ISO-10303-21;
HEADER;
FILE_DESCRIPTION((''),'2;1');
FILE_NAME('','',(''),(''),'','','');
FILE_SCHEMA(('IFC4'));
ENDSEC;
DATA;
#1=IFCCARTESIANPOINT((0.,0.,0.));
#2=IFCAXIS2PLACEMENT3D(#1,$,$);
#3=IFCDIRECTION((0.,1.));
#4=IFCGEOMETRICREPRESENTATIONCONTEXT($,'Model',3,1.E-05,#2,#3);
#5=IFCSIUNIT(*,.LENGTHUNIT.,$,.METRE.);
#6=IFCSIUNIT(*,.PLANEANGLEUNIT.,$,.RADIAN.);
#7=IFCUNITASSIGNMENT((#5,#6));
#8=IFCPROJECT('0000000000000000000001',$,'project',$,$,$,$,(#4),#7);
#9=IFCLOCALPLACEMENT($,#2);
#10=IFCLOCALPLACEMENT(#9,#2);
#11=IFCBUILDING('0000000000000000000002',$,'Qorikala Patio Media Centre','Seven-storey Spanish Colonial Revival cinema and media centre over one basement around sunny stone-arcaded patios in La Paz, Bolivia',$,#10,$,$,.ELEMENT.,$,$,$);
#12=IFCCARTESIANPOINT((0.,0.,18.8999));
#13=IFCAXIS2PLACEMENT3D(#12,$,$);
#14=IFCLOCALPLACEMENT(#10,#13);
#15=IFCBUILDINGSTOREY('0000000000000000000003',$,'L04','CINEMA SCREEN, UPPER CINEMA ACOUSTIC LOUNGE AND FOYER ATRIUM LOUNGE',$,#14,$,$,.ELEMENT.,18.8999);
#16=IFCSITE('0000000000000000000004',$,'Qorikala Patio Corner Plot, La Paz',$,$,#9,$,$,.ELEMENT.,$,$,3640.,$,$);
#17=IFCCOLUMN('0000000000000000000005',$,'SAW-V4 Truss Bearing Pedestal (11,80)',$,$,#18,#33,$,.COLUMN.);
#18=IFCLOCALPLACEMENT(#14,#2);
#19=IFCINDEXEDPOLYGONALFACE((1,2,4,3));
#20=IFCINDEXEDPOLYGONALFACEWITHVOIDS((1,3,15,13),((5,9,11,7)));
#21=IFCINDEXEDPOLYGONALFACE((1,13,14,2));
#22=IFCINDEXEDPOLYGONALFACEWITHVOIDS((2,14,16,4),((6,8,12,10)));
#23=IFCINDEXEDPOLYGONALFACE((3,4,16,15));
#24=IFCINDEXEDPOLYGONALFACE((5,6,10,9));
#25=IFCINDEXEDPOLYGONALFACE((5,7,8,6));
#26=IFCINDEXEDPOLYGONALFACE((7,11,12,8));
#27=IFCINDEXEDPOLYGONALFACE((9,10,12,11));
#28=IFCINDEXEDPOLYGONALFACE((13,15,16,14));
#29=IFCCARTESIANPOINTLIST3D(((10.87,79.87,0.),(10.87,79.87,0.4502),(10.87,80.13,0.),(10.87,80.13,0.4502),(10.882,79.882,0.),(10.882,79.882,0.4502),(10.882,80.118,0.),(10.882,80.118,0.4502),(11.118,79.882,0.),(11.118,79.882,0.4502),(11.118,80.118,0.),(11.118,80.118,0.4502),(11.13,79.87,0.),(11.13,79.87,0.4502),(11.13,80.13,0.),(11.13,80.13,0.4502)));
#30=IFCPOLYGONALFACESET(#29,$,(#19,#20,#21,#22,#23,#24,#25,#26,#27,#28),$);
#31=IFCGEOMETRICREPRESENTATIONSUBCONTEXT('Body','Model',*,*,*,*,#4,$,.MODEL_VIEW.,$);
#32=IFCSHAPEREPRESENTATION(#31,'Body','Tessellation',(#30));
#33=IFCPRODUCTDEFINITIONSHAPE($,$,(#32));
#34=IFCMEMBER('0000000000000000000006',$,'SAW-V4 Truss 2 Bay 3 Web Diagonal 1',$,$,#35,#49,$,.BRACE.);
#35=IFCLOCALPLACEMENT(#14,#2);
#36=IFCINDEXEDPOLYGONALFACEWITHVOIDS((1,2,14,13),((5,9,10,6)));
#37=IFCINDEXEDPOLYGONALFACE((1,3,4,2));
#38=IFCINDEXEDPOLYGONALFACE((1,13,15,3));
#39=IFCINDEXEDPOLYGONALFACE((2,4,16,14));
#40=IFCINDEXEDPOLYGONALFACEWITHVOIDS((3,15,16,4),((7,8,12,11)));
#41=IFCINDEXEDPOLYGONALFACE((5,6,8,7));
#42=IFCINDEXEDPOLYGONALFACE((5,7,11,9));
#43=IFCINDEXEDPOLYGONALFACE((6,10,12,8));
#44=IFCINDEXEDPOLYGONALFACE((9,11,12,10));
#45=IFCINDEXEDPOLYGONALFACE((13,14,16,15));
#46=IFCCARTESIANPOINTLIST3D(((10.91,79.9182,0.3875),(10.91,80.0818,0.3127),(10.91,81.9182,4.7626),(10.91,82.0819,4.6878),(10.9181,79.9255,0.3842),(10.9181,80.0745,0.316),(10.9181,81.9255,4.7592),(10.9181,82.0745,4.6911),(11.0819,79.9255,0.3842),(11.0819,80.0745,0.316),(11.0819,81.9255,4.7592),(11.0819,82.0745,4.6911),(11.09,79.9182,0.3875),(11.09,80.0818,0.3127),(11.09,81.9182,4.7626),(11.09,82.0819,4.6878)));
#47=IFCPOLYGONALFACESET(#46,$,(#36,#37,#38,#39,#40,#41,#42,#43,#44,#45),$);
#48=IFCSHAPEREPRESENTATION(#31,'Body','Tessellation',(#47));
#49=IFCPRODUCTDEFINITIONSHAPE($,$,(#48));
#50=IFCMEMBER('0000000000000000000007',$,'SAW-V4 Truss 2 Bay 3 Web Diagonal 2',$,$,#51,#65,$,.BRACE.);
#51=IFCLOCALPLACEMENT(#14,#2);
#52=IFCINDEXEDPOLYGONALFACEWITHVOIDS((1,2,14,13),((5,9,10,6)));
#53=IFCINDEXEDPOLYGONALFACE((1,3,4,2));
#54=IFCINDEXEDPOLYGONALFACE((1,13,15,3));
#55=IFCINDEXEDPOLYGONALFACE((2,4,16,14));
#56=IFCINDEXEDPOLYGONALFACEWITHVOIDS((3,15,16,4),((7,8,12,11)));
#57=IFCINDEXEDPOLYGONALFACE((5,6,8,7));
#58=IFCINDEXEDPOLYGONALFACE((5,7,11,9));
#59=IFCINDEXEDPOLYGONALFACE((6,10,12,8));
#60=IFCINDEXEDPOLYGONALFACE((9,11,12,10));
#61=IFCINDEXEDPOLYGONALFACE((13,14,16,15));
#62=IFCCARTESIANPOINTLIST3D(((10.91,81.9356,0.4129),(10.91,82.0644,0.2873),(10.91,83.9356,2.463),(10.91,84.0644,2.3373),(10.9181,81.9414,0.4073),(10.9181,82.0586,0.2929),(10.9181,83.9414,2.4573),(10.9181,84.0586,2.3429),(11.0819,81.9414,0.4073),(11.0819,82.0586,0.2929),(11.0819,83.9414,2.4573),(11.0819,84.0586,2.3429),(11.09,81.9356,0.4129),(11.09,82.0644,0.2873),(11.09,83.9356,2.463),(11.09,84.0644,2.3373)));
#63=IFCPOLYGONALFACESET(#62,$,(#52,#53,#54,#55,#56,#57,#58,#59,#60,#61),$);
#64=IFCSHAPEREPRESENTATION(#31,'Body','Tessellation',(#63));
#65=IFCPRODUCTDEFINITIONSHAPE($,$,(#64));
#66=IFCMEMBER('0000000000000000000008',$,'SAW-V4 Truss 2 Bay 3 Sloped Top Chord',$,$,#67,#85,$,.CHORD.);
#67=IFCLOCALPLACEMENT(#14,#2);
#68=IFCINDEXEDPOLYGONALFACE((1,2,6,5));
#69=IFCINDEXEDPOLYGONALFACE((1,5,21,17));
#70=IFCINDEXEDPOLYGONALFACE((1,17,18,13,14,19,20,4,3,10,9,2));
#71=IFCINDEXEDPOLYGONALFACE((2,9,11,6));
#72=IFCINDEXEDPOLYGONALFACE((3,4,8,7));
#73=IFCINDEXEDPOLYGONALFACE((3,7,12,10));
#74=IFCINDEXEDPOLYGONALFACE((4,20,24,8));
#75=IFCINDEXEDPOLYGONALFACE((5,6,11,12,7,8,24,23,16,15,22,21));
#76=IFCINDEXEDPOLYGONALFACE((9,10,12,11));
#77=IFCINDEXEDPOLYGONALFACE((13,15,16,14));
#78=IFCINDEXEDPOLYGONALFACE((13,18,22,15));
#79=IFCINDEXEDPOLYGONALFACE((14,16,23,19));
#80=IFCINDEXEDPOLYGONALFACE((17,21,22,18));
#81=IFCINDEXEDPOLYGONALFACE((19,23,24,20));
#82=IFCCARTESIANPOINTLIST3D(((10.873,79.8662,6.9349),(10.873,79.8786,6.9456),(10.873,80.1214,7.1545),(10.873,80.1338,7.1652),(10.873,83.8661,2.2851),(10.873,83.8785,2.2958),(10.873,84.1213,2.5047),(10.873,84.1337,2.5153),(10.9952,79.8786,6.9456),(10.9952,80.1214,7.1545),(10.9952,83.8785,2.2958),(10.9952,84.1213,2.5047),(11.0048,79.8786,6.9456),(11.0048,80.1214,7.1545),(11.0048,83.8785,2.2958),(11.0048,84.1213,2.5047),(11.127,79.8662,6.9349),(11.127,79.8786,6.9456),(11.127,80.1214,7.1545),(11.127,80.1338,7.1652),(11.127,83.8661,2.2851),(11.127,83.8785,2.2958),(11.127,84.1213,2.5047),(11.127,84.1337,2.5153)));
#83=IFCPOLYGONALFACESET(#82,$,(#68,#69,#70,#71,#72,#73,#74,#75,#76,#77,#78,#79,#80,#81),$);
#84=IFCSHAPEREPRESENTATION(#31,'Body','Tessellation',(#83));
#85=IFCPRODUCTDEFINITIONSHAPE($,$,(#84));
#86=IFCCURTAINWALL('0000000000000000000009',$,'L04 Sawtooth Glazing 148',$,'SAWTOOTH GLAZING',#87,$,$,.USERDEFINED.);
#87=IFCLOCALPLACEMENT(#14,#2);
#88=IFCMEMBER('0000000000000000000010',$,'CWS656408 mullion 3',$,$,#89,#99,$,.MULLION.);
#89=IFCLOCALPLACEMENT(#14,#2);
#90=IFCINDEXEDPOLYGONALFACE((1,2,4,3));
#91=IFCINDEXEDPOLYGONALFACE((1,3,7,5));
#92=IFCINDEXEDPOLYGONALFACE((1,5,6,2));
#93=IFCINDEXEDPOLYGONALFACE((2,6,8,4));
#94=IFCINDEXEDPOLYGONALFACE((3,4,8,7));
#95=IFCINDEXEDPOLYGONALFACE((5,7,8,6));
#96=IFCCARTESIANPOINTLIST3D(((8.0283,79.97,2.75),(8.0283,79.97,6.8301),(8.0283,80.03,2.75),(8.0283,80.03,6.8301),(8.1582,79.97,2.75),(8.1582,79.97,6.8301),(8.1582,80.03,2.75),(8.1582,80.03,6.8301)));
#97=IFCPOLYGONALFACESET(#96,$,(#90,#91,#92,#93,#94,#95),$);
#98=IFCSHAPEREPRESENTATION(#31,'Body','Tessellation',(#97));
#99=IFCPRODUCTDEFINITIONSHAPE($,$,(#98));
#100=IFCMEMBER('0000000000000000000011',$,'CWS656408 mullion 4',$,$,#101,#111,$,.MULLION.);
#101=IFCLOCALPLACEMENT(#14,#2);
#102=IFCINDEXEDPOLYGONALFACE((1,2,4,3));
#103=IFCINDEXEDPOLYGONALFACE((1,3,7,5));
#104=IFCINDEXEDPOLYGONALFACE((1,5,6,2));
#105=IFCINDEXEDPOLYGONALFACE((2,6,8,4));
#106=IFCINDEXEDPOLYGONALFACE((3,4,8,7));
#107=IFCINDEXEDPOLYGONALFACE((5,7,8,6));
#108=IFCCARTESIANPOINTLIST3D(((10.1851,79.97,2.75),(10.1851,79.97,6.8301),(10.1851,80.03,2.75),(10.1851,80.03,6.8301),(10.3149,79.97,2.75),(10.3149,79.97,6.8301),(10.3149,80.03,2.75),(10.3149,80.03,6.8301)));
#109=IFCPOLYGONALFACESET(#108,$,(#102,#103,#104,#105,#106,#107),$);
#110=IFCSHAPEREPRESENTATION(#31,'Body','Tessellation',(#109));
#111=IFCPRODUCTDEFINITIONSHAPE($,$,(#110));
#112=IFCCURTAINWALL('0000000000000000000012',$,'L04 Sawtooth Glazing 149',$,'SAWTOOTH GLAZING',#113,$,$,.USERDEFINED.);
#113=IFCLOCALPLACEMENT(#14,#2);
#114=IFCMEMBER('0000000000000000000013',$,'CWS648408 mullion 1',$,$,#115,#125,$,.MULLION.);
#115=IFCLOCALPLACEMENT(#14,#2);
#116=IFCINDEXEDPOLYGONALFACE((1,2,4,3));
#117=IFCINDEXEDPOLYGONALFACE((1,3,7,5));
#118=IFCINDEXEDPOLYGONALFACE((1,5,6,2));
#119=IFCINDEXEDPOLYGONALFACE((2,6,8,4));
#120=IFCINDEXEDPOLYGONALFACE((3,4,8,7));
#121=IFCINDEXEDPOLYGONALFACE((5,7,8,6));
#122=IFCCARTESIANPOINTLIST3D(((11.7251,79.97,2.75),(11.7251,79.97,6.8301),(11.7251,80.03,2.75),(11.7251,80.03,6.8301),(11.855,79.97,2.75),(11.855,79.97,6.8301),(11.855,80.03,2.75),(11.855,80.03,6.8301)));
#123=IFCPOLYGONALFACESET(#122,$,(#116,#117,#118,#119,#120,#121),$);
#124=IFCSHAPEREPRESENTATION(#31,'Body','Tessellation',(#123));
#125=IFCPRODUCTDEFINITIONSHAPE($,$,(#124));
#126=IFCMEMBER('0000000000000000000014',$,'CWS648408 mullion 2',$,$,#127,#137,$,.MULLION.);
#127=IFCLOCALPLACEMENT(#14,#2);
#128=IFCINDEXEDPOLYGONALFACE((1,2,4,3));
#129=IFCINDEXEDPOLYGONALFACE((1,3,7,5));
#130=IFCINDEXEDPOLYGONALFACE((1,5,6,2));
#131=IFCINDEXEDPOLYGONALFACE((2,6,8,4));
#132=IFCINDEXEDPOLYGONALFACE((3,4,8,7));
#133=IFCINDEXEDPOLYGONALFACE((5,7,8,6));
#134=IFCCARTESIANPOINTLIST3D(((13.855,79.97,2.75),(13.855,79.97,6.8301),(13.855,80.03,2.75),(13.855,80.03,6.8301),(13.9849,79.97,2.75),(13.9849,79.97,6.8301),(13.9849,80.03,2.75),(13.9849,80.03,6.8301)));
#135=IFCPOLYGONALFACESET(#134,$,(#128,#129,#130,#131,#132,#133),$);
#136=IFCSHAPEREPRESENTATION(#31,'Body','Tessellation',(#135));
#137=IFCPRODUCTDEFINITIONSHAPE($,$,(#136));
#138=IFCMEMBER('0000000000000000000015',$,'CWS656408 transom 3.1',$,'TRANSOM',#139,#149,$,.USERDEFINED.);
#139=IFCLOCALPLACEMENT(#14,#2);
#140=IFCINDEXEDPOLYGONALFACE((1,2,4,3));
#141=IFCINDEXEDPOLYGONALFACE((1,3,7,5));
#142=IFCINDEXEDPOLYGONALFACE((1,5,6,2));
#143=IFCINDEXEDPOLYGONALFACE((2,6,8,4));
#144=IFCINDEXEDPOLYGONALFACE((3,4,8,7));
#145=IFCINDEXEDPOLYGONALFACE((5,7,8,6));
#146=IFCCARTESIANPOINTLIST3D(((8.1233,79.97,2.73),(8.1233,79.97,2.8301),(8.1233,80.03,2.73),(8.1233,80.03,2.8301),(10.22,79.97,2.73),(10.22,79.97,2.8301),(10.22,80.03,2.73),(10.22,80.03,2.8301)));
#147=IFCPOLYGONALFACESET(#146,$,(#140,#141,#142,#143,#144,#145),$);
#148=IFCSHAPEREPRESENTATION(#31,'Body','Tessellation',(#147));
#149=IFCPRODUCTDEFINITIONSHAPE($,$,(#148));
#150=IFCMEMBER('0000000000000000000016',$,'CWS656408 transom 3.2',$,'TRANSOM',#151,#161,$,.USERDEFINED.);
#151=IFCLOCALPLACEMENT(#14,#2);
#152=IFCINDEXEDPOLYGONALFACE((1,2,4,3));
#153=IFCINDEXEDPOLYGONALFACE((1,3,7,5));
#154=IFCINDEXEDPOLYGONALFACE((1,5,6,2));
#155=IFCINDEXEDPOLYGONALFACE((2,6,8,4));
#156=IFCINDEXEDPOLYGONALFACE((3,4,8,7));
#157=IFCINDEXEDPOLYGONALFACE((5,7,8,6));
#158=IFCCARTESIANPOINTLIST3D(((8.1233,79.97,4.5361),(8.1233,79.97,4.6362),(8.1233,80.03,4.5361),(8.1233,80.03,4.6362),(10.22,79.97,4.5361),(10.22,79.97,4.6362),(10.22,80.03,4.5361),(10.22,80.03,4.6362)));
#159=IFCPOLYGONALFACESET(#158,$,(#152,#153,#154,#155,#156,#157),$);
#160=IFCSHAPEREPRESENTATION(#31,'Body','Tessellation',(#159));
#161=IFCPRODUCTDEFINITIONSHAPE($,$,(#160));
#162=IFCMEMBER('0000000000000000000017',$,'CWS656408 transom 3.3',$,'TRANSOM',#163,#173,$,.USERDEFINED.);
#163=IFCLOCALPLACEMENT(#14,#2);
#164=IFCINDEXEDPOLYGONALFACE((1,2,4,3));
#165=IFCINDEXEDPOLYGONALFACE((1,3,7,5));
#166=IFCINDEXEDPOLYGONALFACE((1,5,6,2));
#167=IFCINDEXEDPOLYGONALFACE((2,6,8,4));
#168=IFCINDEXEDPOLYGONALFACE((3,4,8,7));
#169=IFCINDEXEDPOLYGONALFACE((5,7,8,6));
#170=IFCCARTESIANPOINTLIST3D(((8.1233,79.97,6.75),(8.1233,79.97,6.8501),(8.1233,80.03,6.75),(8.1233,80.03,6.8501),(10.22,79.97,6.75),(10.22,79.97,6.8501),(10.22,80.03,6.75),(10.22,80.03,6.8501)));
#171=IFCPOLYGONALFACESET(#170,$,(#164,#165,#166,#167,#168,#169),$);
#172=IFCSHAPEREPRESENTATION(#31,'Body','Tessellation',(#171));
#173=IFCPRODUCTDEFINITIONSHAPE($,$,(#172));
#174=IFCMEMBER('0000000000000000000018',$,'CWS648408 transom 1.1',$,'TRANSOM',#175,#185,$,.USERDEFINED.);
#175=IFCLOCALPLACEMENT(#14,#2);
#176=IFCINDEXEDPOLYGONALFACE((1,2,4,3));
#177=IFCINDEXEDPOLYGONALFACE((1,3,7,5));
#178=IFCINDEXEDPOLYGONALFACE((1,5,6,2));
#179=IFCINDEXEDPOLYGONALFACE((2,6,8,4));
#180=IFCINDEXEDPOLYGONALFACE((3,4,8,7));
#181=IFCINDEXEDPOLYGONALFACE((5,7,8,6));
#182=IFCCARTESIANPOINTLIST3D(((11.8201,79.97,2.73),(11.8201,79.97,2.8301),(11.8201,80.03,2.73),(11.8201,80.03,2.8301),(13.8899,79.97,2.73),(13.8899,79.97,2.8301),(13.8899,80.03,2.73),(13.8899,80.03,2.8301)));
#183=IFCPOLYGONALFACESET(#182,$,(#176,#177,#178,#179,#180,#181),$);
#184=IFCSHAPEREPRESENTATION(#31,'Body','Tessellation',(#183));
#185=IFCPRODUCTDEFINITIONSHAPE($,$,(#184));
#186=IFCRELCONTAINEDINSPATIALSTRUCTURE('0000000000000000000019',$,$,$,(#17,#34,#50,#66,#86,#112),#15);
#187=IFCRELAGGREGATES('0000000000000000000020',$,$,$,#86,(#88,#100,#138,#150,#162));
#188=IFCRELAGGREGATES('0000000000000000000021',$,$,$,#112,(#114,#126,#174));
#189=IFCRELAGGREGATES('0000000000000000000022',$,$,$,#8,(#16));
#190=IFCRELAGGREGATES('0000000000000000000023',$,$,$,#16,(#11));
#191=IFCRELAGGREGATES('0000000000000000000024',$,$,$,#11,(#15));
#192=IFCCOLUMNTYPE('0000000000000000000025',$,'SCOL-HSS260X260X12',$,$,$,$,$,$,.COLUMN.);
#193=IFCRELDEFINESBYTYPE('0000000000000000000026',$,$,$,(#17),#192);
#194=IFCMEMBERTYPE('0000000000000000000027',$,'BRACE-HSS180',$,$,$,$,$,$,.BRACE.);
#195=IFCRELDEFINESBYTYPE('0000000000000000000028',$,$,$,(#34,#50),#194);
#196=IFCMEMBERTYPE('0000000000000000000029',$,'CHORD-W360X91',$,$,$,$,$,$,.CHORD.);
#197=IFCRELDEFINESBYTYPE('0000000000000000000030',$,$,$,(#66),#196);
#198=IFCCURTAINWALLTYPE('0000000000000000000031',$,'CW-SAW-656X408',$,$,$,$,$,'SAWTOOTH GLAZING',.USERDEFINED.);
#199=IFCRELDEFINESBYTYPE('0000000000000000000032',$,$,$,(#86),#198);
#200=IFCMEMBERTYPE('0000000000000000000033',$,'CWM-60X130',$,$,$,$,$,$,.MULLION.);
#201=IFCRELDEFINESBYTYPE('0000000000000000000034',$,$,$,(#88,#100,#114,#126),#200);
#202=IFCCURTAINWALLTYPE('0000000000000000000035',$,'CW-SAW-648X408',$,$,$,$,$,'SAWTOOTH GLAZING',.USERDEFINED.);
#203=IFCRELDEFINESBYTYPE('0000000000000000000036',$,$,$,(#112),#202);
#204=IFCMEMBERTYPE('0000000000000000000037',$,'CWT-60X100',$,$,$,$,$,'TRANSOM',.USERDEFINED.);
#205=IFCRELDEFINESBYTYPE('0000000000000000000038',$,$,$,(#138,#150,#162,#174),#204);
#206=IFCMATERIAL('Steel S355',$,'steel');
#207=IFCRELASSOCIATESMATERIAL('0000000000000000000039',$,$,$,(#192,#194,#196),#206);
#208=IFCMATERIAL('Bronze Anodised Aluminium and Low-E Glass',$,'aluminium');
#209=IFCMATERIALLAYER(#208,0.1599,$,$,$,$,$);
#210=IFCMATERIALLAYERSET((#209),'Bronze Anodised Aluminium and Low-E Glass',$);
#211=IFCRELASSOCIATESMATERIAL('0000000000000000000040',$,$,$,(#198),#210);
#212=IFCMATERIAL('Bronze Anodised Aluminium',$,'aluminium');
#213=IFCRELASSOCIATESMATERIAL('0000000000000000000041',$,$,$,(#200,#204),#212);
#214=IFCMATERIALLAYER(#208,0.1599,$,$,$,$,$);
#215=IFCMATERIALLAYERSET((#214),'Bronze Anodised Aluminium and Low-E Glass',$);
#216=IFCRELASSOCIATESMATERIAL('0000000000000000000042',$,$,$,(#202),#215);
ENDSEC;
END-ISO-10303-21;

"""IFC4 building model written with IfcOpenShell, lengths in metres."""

from ifc_helpers import new_model, si_unit, direction, frame, origin, origin_2d, place, context, subcontext, project, spatial, rectangle, hollow_rectangle, i_section, extrude, material, layer, layer_set, material_profile, profile_set, type_object, element, aggregate, save


model = new_model("IFC4")

# Units and contexts
model_context = context("Model", 3, precision=1e-05, world=origin(), true_north=direction((0.0, 1.0)))
body_context = subcontext(model_context, "Body", "Model", "MODEL_VIEW")
ifc_project = project(units=[si_unit("LENGTHUNIT", "METRE"), si_unit("PLANEANGLEUNIT", "RADIAN")], contexts=[model_context])

# Site, building, storey
site_placement = place(None, origin())
site = spatial("IfcSite", under=ifc_project, at=site_placement, Name="Qorikala Patio Corner Plot, La Paz", CompositionType="ELEMENT", RefElevation=3640.0)
building_placement = place(site_placement, origin())
building = spatial("IfcBuilding", under=site, at=building_placement, Name="Qorikala Patio Media Centre", Description="Seven-storey Spanish Colonial Revival cinema and media centre over one basement around sunny stone-arcaded patios in La Paz, Bolivia", CompositionType="ELEMENT")
storey_placement = place(building_placement, frame((0.0, 0.0, 18.8999)))
storey = spatial("IfcBuildingStorey", under=building, at=storey_placement, Name="L04", Description="CINEMA SCREEN, UPPER CINEMA ACOUSTIC LOUNGE AND FOYER ATRIUM LOUNGE", CompositionType="ELEMENT", Elevation=18.8999)

# Column
ifc_material_1 = material(Name="Steel S355", Category="steel")
ifc_material_profile_1 = material_profile(ifc_material_1, hollow_rectangle(XDim=0.26, YDim=0.26, WallThickness=0.012, at=origin_2d()), Name="HSS260X260X12")
ifc_profile_set_1 = profile_set([ifc_material_profile_1], Name="Steel S355")
column_type = type_object("IfcColumnType", Name="SCOL-HSS260X260X12", PredefinedType="COLUMN", material=ifc_profile_set_1)
column_placement = place(storey_placement, frame((11.0, 80.0, 0.0), z_axis=(0.0, 0.0, 1.0), x_axis=(1.0, 0.0, 0.0)))
element("IfcColumn", 1, at=column_placement, inside=storey, type_object=column_type, Name="SAW-V4 Truss Bearing Pedestal (11,80)", PredefinedType="COLUMN", context=body_context, shape_type="SweptSolid", body=[
    extrude(hollow_rectangle(XDim=0.26, YDim=0.26, WallThickness=0.012, at=origin_2d()), origin(), (0.0, 0.0, 1.0), 0.4502),
])

# Members
ifc_material_profile_2 = material_profile(ifc_material_1, hollow_rectangle(XDim=0.1799, YDim=0.1799, WallThickness=0.0081, at=origin_2d()), Name="HSS180X180X8")
ifc_profile_set_2 = profile_set([ifc_material_profile_2], Name="Steel S355")
member_type_1 = type_object("IfcMemberType", Name="BRACE-HSS180", PredefinedType="BRACE", material=ifc_profile_set_2)
member_1_placement = place(storey_placement, frame((11.0, 80.0, 0.3501), z_axis=(0.0, 0.41576, 0.909474), x_axis=(-1.0, 0.0, 0.0)))
element("IfcMember", 2, at=member_1_placement, inside=storey, type_object=member_type_1, Name="SAW-V4 Truss 2 Bay 3 Web Diagonal 1", PredefinedType="BRACE", context=body_context, shape_type="SweptSolid", body=[
    extrude(hollow_rectangle(XDim=0.1799, YDim=0.1799, WallThickness=0.0081, at=origin_2d()), origin(), (0.0, 0.0, 1.0), 4.8105),
])
member_2_placement = place(storey_placement, frame((11.0, 82.0, 0.3501), z_axis=(0.0, 0.698315, 0.71579), x_axis=(-1.0, 0.0, 0.0)))
element("IfcMember", 3, at=member_2_placement, inside=storey, type_object=member_type_1, Name="SAW-V4 Truss 2 Bay 3 Web Diagonal 2", PredefinedType="BRACE", context=body_context, shape_type="SweptSolid", body=[
    extrude(hollow_rectangle(XDim=0.1799, YDim=0.1799, WallThickness=0.0081, at=origin_2d()), origin(), (0.0, 0.0, 1.0), 2.864),
])
ifc_material_profile_3 = material_profile(ifc_material_1, i_section(OverallWidth=0.2539, OverallDepth=0.353, WebThickness=0.0095, FlangeThickness=0.0164, at=origin_2d()), Name="W360X91")
ifc_profile_set_3 = profile_set([ifc_material_profile_3], Name="Steel S355")
member_type_2 = type_object("IfcMemberType", Name="CHORD-W360X91", PredefinedType="CHORD", material=ifc_profile_set_3)
member_3_placement = place(storey_placement, frame((11.0, 80.0, 7.05), z_axis=(0.0, 0.652141, -0.758098), x_axis=(-1.0, 0.0, 0.0)))
element("IfcMember", 4, at=member_3_placement, inside=storey, type_object=member_type_2, Name="SAW-V4 Truss 2 Bay 3 Sloped Top Chord", PredefinedType="CHORD", context=body_context, shape_type="SweptSolid", body=[
    extrude(i_section(OverallWidth=0.2539, OverallDepth=0.353, WebThickness=0.0095, FlangeThickness=0.0164, at=origin_2d()), origin(), (0.0, 0.0, 1.0), 6.1335),
])

# Curtain walls, members
ifc_material_2 = material(Name="Bronze Anodised Aluminium and Low-E Glass", Category="aluminium")
ifc_layer_1 = layer(ifc_material_2, 0.1599)
ifc_layer_set_1 = layer_set([ifc_layer_1], Name="Bronze Anodised Aluminium and Low-E Glass")
curtain_wall_type_1 = type_object("IfcCurtainWallType", Name="CW-SAW-656X408", ElementType="SAWTOOTH GLAZING", PredefinedType="USERDEFINED", material=ifc_layer_set_1)
curtain_wall_1_placement = place(storey_placement, origin())
curtain_wall_1 = element("IfcCurtainWall", 5, at=curtain_wall_1_placement, inside=storey, type_object=curtain_wall_type_1, Name="L04 Sawtooth Glazing 148", ObjectType="SAWTOOTH GLAZING", PredefinedType="USERDEFINED")
ifc_material_3 = material(Name="Bronze Anodised Aluminium", Category="aluminium")
ifc_material_profile_4 = material_profile(ifc_material_3, rectangle(XDim=0.0601, YDim=0.1299, at=origin_2d()), Name="ALU MULLION 60x130")
ifc_profile_set_4 = profile_set([ifc_material_profile_4], Name="Bronze Anodised Aluminium")
member_type_3 = type_object("IfcMemberType", Name="CWM-60X130", PredefinedType="MULLION", material=ifc_profile_set_4)
member_4_placement = place(storey_placement, frame((8.0933, 80.0, 2.75), z_axis=(0.0, 0.0, 1.0), x_axis=(0.0, 1.0, 0.0)))
member_4 = element("IfcMember", 6, at=member_4_placement, type_object=member_type_3, Name="CWS656408 mullion 3", PredefinedType="MULLION", context=body_context, shape_type="SweptSolid", body=[
    extrude(rectangle(XDim=0.0601, YDim=0.1299, at=origin_2d()), origin(), (0.0, 0.0, 1.0), 4.0801),
])
member_5_placement = place(storey_placement, frame((10.25, 80.0, 2.75), z_axis=(0.0, 0.0, 1.0), x_axis=(0.0, 1.0, 0.0)))
member_5 = element("IfcMember", 7, at=member_5_placement, type_object=member_type_3, Name="CWS656408 mullion 4", PredefinedType="MULLION", context=body_context, shape_type="SweptSolid", body=[
    extrude(rectangle(XDim=0.0601, YDim=0.1299, at=origin_2d()), origin(), (0.0, 0.0, 1.0), 4.0801),
])
ifc_layer_2 = layer(ifc_material_2, 0.1599)
ifc_layer_set_2 = layer_set([ifc_layer_2], Name="Bronze Anodised Aluminium and Low-E Glass")
curtain_wall_type_2 = type_object("IfcCurtainWallType", Name="CW-SAW-648X408", ElementType="SAWTOOTH GLAZING", PredefinedType="USERDEFINED", material=ifc_layer_set_2)
curtain_wall_2_placement = place(storey_placement, origin())
curtain_wall_2 = element("IfcCurtainWall", 8, at=curtain_wall_2_placement, inside=storey, type_object=curtain_wall_type_2, Name="L04 Sawtooth Glazing 149", ObjectType="SAWTOOTH GLAZING", PredefinedType="USERDEFINED")
member_6_placement = place(storey_placement, frame((11.79, 80.0, 2.75), z_axis=(0.0, 0.0, 1.0), x_axis=(0.0, 1.0, 0.0)))
member_6 = element("IfcMember", 9, at=member_6_placement, type_object=member_type_3, Name="CWS648408 mullion 1", PredefinedType="MULLION", context=body_context, shape_type="SweptSolid", body=[
    extrude(rectangle(XDim=0.0601, YDim=0.1299, at=origin_2d()), origin(), (0.0, 0.0, 1.0), 4.0801),
])
member_7_placement = place(storey_placement, frame((13.9199, 80.0, 2.75), z_axis=(0.0, 0.0, 1.0), x_axis=(0.0, 1.0, 0.0)))
member_7 = element("IfcMember", 10, at=member_7_placement, type_object=member_type_3, Name="CWS648408 mullion 2", PredefinedType="MULLION", context=body_context, shape_type="SweptSolid", body=[
    extrude(rectangle(XDim=0.0601, YDim=0.1299, at=origin_2d()), origin(), (0.0, 0.0, 1.0), 4.0801),
])

# Members
ifc_material_profile_5 = material_profile(ifc_material_3, rectangle(XDim=0.0601, YDim=0.1001, at=origin_2d()), Name="ALU TRANSOM 60x100")
ifc_profile_set_5 = profile_set([ifc_material_profile_5], Name="Bronze Anodised Aluminium")
member_type_4 = type_object("IfcMemberType", Name="CWT-60X100", ElementType="TRANSOM", PredefinedType="USERDEFINED", material=ifc_profile_set_5)
member_8_placement = place(storey_placement, frame((8.1233, 80.0, 2.78), z_axis=(1.0, 0.0, 0.0), x_axis=(0.0, 1.0, 0.0)))
member_8 = element("IfcMember", 11, at=member_8_placement, type_object=member_type_4, Name="CWS656408 transom 3.1", ObjectType="TRANSOM", PredefinedType="USERDEFINED", context=body_context, shape_type="SweptSolid", body=[
    extrude(rectangle(XDim=0.0601, YDim=0.1001, at=origin_2d()), origin(), (0.0, 0.0, 1.0), 2.0967),
])
member_9_placement = place(storey_placement, frame((8.1233, 80.0, 4.5862), z_axis=(1.0, 0.0, 0.0), x_axis=(0.0, 1.0, 0.0)))
member_9 = element("IfcMember", 12, at=member_9_placement, type_object=member_type_4, Name="CWS656408 transom 3.2", ObjectType="TRANSOM", PredefinedType="USERDEFINED", context=body_context, shape_type="SweptSolid", body=[
    extrude(rectangle(XDim=0.0601, YDim=0.1001, at=origin_2d()), origin(), (0.0, 0.0, 1.0), 2.0967),
])
member_10_placement = place(storey_placement, frame((8.1233, 80.0, 6.8), z_axis=(1.0, 0.0, 0.0), x_axis=(0.0, 1.0, 0.0)))
member_10 = element("IfcMember", 13, at=member_10_placement, type_object=member_type_4, Name="CWS656408 transom 3.3", ObjectType="TRANSOM", PredefinedType="USERDEFINED", context=body_context, shape_type="SweptSolid", body=[
    extrude(rectangle(XDim=0.0601, YDim=0.1001, at=origin_2d()), origin(), (0.0, 0.0, 1.0), 2.0967),
])
member_11_placement = place(storey_placement, frame((11.8201, 80.0, 2.78), z_axis=(1.0, 0.0, 0.0), x_axis=(0.0, 1.0, 0.0)))
member_11 = element("IfcMember", 14, at=member_11_placement, type_object=member_type_4, Name="CWS648408 transom 1.1", ObjectType="TRANSOM", PredefinedType="USERDEFINED", context=body_context, shape_type="SweptSolid", body=[
    extrude(rectangle(XDim=0.0601, YDim=0.1001, at=origin_2d()), origin(), (0.0, 0.0, 1.0), 2.0698),
])

aggregate(curtain_wall_1, [member_4, member_5, member_8, member_9, member_10])
aggregate(curtain_wall_2, [member_6, member_7, member_11])

save(model, "model.ifc")
